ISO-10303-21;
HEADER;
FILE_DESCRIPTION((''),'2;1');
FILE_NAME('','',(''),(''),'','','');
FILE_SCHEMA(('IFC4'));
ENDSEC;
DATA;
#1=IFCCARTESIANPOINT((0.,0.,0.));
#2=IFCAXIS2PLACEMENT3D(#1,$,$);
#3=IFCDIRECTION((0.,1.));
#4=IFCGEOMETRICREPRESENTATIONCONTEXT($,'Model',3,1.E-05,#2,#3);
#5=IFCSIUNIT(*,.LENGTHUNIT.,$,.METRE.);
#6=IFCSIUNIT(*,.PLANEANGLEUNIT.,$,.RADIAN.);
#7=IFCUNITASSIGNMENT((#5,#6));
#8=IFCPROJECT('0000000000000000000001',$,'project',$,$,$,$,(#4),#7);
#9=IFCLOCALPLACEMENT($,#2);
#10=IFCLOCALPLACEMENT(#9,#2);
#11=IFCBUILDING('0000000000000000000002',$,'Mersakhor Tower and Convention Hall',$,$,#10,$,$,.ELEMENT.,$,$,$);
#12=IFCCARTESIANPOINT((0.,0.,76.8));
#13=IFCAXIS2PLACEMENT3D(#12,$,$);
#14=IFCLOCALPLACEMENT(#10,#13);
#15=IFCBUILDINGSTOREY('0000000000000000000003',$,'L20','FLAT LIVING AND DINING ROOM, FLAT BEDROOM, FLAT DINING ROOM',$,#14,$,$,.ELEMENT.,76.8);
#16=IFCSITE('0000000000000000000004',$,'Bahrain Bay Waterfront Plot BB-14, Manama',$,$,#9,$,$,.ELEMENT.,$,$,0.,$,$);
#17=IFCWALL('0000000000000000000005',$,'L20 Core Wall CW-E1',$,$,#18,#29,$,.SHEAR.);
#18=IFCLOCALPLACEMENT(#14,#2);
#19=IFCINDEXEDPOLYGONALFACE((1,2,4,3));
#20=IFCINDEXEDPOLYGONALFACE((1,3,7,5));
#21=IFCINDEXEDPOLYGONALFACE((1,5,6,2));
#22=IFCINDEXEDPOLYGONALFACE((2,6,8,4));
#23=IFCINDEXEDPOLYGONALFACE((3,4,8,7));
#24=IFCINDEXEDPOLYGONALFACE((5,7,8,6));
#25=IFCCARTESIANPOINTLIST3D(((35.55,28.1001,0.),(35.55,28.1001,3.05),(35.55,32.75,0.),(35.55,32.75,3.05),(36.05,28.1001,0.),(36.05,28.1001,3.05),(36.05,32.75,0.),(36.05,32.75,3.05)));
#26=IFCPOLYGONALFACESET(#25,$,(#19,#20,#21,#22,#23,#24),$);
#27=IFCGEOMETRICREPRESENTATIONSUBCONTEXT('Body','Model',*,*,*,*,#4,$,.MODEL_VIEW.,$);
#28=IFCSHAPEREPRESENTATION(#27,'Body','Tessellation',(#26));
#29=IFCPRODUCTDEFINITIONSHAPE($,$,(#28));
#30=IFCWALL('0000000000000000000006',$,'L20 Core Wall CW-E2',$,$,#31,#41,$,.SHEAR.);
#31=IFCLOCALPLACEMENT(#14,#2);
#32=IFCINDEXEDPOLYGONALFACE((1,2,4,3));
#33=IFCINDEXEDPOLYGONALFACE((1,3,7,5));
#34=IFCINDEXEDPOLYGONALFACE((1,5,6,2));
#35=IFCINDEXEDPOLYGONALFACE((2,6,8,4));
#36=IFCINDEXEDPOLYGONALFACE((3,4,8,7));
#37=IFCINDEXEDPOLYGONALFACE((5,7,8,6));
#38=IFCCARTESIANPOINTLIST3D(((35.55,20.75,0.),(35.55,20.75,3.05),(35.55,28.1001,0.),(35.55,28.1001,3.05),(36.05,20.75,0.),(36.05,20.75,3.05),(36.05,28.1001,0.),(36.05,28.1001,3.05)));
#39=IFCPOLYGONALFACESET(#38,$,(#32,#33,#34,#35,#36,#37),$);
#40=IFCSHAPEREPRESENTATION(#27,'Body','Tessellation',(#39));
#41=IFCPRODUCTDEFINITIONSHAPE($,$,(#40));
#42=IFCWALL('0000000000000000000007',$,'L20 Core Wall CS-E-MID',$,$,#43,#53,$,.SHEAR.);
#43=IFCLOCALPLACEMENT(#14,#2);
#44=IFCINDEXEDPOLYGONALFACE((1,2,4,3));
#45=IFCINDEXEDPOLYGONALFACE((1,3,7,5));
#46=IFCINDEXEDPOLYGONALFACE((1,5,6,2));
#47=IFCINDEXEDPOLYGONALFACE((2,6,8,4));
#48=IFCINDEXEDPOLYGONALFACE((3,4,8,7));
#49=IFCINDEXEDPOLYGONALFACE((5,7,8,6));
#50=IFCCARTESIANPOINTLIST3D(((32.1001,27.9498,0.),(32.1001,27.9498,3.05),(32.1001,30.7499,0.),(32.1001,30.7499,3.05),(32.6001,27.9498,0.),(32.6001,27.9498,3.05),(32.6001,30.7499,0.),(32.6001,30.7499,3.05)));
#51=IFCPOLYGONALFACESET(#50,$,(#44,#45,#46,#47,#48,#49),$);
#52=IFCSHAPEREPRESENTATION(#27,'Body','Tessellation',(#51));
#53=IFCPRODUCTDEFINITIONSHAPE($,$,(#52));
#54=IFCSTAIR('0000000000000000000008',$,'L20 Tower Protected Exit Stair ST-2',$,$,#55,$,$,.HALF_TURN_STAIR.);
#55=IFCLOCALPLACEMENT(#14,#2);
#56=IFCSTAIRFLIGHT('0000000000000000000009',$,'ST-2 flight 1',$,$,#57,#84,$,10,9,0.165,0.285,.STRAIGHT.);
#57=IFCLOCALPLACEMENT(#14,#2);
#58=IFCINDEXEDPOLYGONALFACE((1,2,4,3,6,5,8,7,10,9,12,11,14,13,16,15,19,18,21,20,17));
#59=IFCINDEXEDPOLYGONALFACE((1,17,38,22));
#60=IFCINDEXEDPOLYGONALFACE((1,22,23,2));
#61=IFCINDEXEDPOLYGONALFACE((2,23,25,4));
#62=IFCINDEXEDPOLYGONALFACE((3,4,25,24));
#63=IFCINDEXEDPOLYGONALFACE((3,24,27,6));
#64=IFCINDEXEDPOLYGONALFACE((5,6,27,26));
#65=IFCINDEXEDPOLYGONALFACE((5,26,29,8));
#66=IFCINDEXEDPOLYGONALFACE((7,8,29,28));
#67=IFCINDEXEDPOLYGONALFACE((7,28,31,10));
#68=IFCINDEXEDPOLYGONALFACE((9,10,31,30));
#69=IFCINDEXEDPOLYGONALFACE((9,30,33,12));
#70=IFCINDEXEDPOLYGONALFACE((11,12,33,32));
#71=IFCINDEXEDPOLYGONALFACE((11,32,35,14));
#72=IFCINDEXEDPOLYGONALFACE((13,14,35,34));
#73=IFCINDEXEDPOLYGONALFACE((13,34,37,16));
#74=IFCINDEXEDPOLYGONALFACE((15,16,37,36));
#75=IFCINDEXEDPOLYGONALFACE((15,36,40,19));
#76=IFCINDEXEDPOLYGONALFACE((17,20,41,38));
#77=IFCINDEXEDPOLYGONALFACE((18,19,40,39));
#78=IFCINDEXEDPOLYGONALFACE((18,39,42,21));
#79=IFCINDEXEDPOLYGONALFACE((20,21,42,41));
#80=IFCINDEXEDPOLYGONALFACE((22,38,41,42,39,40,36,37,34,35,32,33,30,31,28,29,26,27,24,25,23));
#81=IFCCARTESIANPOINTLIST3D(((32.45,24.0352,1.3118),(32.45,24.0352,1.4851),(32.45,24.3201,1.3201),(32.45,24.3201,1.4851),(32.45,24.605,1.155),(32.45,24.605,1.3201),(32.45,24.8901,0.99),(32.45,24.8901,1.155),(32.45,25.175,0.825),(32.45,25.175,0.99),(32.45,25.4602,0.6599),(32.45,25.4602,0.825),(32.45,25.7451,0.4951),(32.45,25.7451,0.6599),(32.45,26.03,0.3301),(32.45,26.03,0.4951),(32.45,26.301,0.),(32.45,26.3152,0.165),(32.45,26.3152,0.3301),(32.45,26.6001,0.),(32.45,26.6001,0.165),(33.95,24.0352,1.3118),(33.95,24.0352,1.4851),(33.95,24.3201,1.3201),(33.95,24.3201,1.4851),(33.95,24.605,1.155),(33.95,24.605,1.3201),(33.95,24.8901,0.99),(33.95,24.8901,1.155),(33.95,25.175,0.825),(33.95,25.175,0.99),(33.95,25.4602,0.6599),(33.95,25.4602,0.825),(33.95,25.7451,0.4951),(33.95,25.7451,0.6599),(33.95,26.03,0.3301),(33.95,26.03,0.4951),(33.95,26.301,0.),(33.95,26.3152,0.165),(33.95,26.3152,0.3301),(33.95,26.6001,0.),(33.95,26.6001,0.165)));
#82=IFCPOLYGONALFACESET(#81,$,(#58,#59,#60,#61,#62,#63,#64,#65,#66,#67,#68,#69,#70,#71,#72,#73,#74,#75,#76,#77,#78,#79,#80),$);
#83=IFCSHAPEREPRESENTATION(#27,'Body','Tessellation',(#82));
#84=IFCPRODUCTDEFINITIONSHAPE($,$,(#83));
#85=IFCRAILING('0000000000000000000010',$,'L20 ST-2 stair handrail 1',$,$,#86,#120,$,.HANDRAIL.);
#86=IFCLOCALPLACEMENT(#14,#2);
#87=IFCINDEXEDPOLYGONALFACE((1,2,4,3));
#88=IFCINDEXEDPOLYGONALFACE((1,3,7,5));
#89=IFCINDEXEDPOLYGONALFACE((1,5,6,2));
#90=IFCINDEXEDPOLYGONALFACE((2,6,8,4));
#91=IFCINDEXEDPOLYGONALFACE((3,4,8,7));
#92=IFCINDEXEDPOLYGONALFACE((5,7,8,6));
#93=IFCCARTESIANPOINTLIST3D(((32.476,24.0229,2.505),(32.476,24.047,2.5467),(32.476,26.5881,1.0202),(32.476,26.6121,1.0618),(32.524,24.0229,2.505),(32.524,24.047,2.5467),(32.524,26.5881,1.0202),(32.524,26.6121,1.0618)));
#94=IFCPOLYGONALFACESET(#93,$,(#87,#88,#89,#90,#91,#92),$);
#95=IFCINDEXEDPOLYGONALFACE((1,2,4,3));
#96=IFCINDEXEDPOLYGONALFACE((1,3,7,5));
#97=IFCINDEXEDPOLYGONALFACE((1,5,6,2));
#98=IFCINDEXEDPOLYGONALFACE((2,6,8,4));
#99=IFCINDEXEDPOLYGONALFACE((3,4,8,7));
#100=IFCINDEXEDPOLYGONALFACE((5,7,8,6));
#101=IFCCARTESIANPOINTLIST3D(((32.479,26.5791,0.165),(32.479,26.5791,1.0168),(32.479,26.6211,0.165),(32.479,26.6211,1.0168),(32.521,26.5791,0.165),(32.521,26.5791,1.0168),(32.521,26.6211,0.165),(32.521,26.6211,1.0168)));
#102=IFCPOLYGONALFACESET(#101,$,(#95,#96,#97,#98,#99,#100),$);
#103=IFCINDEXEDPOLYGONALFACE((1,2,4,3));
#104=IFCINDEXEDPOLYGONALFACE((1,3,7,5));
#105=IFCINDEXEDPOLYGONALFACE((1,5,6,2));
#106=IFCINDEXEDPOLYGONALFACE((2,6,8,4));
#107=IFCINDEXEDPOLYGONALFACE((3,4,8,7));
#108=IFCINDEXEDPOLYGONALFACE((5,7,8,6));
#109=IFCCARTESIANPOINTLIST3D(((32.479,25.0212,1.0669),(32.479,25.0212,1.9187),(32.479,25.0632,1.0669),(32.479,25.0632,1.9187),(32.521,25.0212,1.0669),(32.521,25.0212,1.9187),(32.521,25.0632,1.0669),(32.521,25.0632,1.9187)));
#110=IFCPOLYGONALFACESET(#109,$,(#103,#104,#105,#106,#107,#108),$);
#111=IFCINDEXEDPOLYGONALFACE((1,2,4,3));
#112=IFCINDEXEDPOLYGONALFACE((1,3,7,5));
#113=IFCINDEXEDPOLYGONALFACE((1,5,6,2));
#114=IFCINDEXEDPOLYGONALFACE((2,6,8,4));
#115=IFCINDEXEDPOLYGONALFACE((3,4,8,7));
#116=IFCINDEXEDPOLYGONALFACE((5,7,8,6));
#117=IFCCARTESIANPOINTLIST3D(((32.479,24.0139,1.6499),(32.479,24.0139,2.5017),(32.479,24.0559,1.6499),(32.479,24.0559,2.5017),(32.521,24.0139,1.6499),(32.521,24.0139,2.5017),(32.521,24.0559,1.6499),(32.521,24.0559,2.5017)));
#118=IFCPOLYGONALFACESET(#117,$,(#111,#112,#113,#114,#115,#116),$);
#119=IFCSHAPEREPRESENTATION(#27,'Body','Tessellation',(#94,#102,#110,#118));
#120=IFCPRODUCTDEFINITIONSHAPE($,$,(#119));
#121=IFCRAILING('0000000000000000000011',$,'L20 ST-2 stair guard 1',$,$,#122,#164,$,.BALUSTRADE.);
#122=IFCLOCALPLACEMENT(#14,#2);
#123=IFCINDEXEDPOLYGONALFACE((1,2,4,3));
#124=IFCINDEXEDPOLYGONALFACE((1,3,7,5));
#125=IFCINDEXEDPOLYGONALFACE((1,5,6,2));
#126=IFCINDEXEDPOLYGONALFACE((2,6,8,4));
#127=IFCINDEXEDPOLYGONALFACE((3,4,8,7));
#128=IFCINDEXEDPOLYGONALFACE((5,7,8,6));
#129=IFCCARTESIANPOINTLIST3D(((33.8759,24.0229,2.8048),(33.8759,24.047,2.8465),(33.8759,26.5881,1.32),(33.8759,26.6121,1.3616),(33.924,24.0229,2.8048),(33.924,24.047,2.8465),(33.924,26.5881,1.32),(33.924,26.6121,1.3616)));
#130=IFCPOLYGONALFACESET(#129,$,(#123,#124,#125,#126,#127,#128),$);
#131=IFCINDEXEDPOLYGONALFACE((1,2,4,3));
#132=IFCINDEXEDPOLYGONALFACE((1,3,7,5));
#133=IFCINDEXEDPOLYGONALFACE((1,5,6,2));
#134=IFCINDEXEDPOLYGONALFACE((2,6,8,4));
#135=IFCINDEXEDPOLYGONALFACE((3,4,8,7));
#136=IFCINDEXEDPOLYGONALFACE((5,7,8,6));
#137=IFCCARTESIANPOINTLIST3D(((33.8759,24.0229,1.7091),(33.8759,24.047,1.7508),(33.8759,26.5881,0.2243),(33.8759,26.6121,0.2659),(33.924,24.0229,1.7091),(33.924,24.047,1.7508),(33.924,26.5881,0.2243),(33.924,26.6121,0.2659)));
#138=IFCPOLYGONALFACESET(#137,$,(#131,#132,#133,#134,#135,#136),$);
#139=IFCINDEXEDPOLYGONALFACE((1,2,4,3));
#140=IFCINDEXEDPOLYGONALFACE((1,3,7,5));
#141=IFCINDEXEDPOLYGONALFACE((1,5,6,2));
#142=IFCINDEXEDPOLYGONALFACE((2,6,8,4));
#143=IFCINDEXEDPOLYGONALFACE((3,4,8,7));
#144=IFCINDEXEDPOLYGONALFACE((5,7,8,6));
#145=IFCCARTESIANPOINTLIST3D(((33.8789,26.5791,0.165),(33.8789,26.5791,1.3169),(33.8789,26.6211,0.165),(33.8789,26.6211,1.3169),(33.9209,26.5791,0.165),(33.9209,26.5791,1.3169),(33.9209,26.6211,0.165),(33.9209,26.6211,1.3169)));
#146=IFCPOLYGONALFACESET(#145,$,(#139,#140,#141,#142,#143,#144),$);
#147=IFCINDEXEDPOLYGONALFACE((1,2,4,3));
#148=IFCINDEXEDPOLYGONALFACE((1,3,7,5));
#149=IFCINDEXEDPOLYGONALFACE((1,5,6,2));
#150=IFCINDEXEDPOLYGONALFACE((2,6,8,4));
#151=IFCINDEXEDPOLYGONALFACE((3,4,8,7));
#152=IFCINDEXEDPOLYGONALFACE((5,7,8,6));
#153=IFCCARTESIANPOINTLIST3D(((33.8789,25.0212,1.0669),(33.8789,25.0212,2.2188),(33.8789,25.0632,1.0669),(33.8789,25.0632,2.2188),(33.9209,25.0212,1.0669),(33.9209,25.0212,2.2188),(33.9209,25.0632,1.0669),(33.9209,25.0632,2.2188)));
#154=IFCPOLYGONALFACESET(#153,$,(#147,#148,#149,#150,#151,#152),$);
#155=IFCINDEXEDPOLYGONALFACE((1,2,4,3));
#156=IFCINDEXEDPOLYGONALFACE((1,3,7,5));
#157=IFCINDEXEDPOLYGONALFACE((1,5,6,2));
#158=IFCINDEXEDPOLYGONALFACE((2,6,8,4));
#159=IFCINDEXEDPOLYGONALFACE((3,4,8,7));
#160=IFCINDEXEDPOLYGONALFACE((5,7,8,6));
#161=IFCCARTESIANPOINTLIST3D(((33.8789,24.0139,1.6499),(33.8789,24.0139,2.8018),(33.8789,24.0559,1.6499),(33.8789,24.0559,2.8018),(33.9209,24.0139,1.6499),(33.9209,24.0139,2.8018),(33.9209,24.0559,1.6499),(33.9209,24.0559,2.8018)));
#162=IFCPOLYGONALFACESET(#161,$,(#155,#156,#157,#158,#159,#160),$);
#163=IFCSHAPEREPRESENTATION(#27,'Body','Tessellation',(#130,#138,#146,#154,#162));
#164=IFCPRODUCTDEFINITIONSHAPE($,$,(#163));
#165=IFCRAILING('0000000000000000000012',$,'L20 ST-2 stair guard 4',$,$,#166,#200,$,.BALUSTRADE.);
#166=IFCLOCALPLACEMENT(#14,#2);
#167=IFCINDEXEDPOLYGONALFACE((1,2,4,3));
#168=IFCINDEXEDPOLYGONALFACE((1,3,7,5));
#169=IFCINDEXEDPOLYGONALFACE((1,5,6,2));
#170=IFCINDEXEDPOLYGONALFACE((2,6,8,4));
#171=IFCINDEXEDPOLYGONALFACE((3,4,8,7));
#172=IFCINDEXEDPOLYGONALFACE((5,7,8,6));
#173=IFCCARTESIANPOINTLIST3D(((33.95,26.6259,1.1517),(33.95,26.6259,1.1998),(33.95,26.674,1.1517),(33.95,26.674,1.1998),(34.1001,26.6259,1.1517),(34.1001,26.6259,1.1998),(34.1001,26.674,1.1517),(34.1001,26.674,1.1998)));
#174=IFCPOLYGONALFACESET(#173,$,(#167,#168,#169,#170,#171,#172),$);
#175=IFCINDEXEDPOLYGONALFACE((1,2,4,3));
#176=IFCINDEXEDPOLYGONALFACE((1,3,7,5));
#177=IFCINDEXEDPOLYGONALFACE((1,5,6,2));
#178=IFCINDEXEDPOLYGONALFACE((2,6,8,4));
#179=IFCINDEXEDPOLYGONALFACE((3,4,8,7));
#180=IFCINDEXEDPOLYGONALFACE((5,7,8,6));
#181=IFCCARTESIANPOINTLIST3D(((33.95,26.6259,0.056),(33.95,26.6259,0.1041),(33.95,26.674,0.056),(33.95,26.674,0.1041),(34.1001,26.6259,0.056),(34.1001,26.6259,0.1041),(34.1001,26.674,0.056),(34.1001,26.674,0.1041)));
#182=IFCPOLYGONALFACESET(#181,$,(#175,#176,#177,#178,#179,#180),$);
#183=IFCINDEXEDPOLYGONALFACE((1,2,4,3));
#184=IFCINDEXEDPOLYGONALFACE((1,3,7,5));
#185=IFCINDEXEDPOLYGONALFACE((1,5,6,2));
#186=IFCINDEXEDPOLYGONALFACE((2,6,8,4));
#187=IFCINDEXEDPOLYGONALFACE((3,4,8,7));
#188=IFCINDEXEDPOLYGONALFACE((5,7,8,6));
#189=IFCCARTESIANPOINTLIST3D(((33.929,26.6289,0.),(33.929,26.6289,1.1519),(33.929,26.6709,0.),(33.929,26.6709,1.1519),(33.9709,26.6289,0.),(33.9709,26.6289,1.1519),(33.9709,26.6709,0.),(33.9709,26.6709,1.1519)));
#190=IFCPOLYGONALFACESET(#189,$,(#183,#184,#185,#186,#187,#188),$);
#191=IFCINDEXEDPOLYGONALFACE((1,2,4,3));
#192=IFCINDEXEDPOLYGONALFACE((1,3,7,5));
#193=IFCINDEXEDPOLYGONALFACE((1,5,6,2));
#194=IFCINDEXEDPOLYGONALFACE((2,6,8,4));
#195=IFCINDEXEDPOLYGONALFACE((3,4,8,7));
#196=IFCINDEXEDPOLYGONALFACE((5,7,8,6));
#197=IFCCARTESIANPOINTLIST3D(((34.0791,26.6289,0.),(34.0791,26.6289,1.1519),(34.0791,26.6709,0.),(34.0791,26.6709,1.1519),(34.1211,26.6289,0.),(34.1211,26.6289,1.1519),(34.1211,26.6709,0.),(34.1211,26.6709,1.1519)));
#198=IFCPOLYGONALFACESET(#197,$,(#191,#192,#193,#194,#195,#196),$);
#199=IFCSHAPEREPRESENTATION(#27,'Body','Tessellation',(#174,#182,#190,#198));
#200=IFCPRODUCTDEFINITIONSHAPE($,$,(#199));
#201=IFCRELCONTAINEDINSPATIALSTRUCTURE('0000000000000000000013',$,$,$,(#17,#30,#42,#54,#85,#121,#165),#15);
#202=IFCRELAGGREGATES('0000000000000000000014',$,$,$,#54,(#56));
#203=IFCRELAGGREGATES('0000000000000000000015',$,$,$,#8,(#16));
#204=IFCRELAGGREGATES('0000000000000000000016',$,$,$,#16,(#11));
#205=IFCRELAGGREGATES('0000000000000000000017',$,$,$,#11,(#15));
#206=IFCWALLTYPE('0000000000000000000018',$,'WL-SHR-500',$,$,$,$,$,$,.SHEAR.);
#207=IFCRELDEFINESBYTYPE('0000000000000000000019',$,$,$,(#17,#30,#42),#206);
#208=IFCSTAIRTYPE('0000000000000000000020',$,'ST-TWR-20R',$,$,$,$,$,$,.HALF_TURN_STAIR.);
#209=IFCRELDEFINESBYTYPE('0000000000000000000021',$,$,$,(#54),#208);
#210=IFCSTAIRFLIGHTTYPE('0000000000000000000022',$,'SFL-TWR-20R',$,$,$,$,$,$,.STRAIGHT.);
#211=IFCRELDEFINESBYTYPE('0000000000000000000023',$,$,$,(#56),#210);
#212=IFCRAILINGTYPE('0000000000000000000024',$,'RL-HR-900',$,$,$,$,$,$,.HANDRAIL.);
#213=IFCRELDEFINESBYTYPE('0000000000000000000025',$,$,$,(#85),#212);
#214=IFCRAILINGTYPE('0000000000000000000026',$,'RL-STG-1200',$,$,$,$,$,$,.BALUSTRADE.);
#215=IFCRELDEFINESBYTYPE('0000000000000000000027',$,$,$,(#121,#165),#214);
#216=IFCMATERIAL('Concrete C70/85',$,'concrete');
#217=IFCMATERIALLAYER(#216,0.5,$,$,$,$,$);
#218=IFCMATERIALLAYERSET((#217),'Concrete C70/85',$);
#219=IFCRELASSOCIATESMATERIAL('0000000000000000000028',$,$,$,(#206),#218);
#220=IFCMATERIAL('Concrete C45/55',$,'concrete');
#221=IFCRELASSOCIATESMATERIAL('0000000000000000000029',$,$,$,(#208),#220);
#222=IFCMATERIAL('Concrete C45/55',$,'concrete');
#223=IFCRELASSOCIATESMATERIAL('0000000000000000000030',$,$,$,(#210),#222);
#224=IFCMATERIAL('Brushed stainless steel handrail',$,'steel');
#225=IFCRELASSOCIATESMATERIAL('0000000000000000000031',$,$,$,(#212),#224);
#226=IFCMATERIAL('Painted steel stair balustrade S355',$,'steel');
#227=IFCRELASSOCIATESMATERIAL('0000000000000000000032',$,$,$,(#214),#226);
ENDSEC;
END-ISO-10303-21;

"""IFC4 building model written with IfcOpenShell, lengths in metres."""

from ifc_helpers import new_model, si_unit, direction, frame, frame_2d, origin, origin_2d, place, context, subcontext, project, spatial, polyline, rectangle, outline, extrude, material, layer, layer_set, type_object, element, aggregate, save


model = new_model("IFC4")

# Units and contexts
model_context = context("Model", 3, precision=1e-05, world=origin(), true_north=direction((0.0, 1.0)))
body_context = subcontext(model_context, "Body", "Model", "MODEL_VIEW")
ifc_project = project(units=[si_unit("LENGTHUNIT", "METRE"), si_unit("PLANEANGLEUNIT", "RADIAN")], contexts=[model_context])

# Site, building, storey
site_placement = place(None, origin())
site = spatial("IfcSite", under=ifc_project, at=site_placement, Name="Bahrain Bay Waterfront Plot BB-14, Manama", CompositionType="ELEMENT", RefElevation=0.0)
building_placement = place(site_placement, origin())
building = spatial("IfcBuilding", under=site, at=building_placement, Name="Mersakhor Tower and Convention Hall", CompositionType="ELEMENT")
storey_placement = place(building_placement, frame((0.0, 0.0, 76.8)))
storey = spatial("IfcBuildingStorey", under=building, at=storey_placement, Name="L20", Description="FLAT LIVING AND DINING ROOM, FLAT BEDROOM, FLAT DINING ROOM", CompositionType="ELEMENT", Elevation=76.8)

# Shared definitions
ifc_material_1 = material(Name="Concrete C70/85", Category="concrete")
ifc_layer_1 = layer(ifc_material_1, 0.5)
ifc_layer_set_1 = layer_set([ifc_layer_1], Name="Concrete C70/85")
wall_type_1 = type_object("IfcWallType", Name="WL-SHR-500", PredefinedType="SHEAR", material=ifc_layer_set_1)

# Walls
wall_1_placement = place(storey_placement, frame((35.8, 32.75, 0.0), z_axis=(0.0, 0.0, 1.0), x_axis=(0.0, -1.0, 0.0)))
element("IfcWall", 1, at=wall_1_placement, inside=storey, type_object=wall_type_1, Name="L20 Core Wall CW-E1", PredefinedType="SHEAR", context=body_context, shape_type="SweptSolid", body=[
    extrude(rectangle(XDim=4.6499, YDim=0.5, at=frame_2d((2.325, 0.0))), origin(), (0.0, 0.0, 1.0), 3.05),
])
wall_2_placement = place(storey_placement, frame((35.8, 28.1001, 0.0), z_axis=(0.0, 0.0, 1.0), x_axis=(0.0, -1.0, 0.0)))
element("IfcWall", 2, at=wall_2_placement, inside=storey, type_object=wall_type_1, Name="L20 Core Wall CW-E2", PredefinedType="SHEAR", context=body_context, shape_type="SweptSolid", body=[
    extrude(rectangle(XDim=7.3501, YDim=0.5, at=frame_2d((3.675, 0.0))), origin(), (0.0, 0.0, 1.0), 3.05),
])
wall_3_placement = place(storey_placement, frame((32.3501, 27.95, 0.0), z_axis=(0.0, 0.0, 1.0), x_axis=(0.0, 1.0, 0.0)))
element("IfcWall", 3, at=wall_3_placement, inside=storey, type_object=wall_type_1, Name="L20 Core Wall CS-E-MID", PredefinedType="SHEAR", context=body_context, shape_type="SweptSolid", body=[
    extrude(rectangle(XDim=2.8, YDim=0.5, at=frame_2d((1.3999, 0.0))), origin(), (0.0, 0.0, 1.0), 3.05),
])

# Stair, stair flight
ifc_material_2 = material(Name="Concrete C45/55", Category="concrete")
stair_type = type_object("IfcStairType", Name="ST-TWR-20R", PredefinedType="HALF_TURN_STAIR", material=ifc_material_2)
stair_placement = place(storey_placement, origin())
stair = element("IfcStair", 4, at=stair_placement, inside=storey, type_object=stair_type, Name="L20 Tower Protected Exit Stair ST-2", PredefinedType="HALF_TURN_STAIR")
ifc_material_3 = material(Name="Concrete C45/55", Category="concrete")
stair_flight_type = type_object("IfcStairFlightType", Name="SFL-TWR-20R", PredefinedType="STRAIGHT", material=ifc_material_3)
stair_flight_placement = place(storey_placement, frame((33.2, 26.6001, 0.0), z_axis=(0.0, 0.0, 1.0), x_axis=(0.0, -1.0, 0.0)))
stair_flight = element("IfcStairFlight", 5, at=stair_flight_placement, type_object=stair_flight_type, Name="ST-2 flight 1", NumberOfRisers=10, NumberOfTreads=9, PredefinedType="STRAIGHT", RiserHeight=0.165, TreadLength=0.285, context=body_context, shape_type="SweptSolid", body=[
    extrude(outline(polyline([(0.0, 0.0), (0.0, 0.165), (0.2849, 0.165), (0.2849, 0.3301), (0.5701, 0.3301), (0.5701, 0.4951), (0.855, 0.4951), (0.855, 0.6599), (1.1399, 0.6599), (1.1399, 0.825), (1.425, 0.825), (1.425, 0.99), (1.71, 0.99), (1.71, 1.155), (1.9951, 1.155), (1.9951, 1.3201), (2.28, 1.3201), (2.28, 1.4851), (2.5649, 1.4851), (2.5649, 1.6499), (2.5649, 1.3118), (0.2991, 0.0), (0.0, 0.0)])), frame((0.0, 0.75, 0.0), z_axis=(0.0, -1.0, 0.0), x_axis=(1.0, 0.0, 0.0)), (0.0, 0.0, 1.0), 1.5),
])
aggregate(stair, [stair_flight])

# Railings
ifc_material_4 = material(Name="Brushed stainless steel handrail", Category="steel")
railing_type_1 = type_object("IfcRailingType", Name="RL-HR-900", PredefinedType="HANDRAIL", material=ifc_material_4)
railing_1_placement = place(storey_placement, frame((32.5, 26.6001, 0.165)))
element("IfcRailing", 6, at=railing_1_placement, inside=storey, type_object=railing_type_1, Name="L20 ST-2 stair handrail 1", PredefinedType="HANDRAIL", context=body_context, shape_type="SweptSolid", body=[
    extrude(rectangle(XDim=0.0481, YDim=0.0481, at=origin_2d()), frame((0.0, 0.0, 0.876), z_axis=(0.0, -0.865462, 0.500975), x_axis=(1.0, 0.0, 0.0)), (0.0, 0.0, 1.0), 2.9639),
    extrude(rectangle(XDim=0.042, YDim=0.042, at=origin_2d()), origin(), (0.0, 0.0, 1.0), 0.8518),
    extrude(rectangle(XDim=0.042, YDim=0.042, at=origin_2d()), frame((0.0, -1.5579, 0.9019)), (0.0, 0.0, 1.0), 0.8518),
    extrude(rectangle(XDim=0.042, YDim=0.042, at=origin_2d()), frame((0.0, -2.5652, 1.4849)), (0.0, 0.0, 1.0), 0.8518),
])
ifc_material_5 = material(Name="Painted steel stair balustrade S355", Category="steel")
railing_type_2 = type_object("IfcRailingType", Name="RL-STG-1200", PredefinedType="BALUSTRADE", material=ifc_material_5)
railing_2_placement = place(storey_placement, frame((33.8999, 26.6001, 0.165)))
element("IfcRailing", 7, at=railing_2_placement, inside=storey, type_object=railing_type_2, Name="L20 ST-2 stair guard 1", PredefinedType="BALUSTRADE", context=body_context, shape_type="SweptSolid", body=[
    extrude(rectangle(XDim=0.0481, YDim=0.0481, at=origin_2d()), frame((0.0, 0.0, 1.1758), z_axis=(0.0, -0.865462, 0.500975), x_axis=(1.0, 0.0, 0.0)), (0.0, 0.0, 1.0), 2.9639),
    extrude(rectangle(XDim=0.0481, YDim=0.0481, at=origin_2d()), frame((0.0, 0.0, 0.0801), z_axis=(0.0, -0.865462, 0.500975), x_axis=(1.0, 0.0, 0.0)), (0.0, 0.0, 1.0), 2.9639),
    extrude(rectangle(XDim=0.042, YDim=0.042, at=origin_2d()), origin(), (0.0, 0.0, 1.0), 1.1519),
    extrude(rectangle(XDim=0.042, YDim=0.042, at=origin_2d()), frame((0.0, -1.5579, 0.9019)), (0.0, 0.0, 1.0), 1.1519),
    extrude(rectangle(XDim=0.042, YDim=0.042, at=origin_2d()), frame((0.0, -2.5652, 1.4849)), (0.0, 0.0, 1.0), 1.1519),
])
railing_3_placement = place(storey_placement, frame((33.95, 26.6499, 0.0)))
element("IfcRailing", 8, at=railing_3_placement, inside=storey, type_object=railing_type_2, Name="L20 ST-2 stair guard 4", PredefinedType="BALUSTRADE", context=body_context, shape_type="SweptSolid", body=[
    extrude(rectangle(XDim=0.0481, YDim=0.0481, at=origin_2d()), frame((0.0, 0.0, 1.1758), z_axis=(1.0, 0.0, 0.0), x_axis=(0.0, 1.0, 0.0)), (0.0, 0.0, 1.0), 0.1501),
    extrude(rectangle(XDim=0.0481, YDim=0.0481, at=origin_2d()), frame((0.0, 0.0, 0.0801), z_axis=(1.0, 0.0, 0.0), x_axis=(0.0, 1.0, 0.0)), (0.0, 0.0, 1.0), 0.1501),
    extrude(rectangle(XDim=0.042, YDim=0.042, at=origin_2d()), origin(), (0.0, 0.0, 1.0), 1.1519),
    extrude(rectangle(XDim=0.042, YDim=0.042, at=origin_2d()), frame((0.1501, 0.0, 0.0)), (0.0, 0.0, 1.0), 1.1519),
])

save(model, "model.ifc")
